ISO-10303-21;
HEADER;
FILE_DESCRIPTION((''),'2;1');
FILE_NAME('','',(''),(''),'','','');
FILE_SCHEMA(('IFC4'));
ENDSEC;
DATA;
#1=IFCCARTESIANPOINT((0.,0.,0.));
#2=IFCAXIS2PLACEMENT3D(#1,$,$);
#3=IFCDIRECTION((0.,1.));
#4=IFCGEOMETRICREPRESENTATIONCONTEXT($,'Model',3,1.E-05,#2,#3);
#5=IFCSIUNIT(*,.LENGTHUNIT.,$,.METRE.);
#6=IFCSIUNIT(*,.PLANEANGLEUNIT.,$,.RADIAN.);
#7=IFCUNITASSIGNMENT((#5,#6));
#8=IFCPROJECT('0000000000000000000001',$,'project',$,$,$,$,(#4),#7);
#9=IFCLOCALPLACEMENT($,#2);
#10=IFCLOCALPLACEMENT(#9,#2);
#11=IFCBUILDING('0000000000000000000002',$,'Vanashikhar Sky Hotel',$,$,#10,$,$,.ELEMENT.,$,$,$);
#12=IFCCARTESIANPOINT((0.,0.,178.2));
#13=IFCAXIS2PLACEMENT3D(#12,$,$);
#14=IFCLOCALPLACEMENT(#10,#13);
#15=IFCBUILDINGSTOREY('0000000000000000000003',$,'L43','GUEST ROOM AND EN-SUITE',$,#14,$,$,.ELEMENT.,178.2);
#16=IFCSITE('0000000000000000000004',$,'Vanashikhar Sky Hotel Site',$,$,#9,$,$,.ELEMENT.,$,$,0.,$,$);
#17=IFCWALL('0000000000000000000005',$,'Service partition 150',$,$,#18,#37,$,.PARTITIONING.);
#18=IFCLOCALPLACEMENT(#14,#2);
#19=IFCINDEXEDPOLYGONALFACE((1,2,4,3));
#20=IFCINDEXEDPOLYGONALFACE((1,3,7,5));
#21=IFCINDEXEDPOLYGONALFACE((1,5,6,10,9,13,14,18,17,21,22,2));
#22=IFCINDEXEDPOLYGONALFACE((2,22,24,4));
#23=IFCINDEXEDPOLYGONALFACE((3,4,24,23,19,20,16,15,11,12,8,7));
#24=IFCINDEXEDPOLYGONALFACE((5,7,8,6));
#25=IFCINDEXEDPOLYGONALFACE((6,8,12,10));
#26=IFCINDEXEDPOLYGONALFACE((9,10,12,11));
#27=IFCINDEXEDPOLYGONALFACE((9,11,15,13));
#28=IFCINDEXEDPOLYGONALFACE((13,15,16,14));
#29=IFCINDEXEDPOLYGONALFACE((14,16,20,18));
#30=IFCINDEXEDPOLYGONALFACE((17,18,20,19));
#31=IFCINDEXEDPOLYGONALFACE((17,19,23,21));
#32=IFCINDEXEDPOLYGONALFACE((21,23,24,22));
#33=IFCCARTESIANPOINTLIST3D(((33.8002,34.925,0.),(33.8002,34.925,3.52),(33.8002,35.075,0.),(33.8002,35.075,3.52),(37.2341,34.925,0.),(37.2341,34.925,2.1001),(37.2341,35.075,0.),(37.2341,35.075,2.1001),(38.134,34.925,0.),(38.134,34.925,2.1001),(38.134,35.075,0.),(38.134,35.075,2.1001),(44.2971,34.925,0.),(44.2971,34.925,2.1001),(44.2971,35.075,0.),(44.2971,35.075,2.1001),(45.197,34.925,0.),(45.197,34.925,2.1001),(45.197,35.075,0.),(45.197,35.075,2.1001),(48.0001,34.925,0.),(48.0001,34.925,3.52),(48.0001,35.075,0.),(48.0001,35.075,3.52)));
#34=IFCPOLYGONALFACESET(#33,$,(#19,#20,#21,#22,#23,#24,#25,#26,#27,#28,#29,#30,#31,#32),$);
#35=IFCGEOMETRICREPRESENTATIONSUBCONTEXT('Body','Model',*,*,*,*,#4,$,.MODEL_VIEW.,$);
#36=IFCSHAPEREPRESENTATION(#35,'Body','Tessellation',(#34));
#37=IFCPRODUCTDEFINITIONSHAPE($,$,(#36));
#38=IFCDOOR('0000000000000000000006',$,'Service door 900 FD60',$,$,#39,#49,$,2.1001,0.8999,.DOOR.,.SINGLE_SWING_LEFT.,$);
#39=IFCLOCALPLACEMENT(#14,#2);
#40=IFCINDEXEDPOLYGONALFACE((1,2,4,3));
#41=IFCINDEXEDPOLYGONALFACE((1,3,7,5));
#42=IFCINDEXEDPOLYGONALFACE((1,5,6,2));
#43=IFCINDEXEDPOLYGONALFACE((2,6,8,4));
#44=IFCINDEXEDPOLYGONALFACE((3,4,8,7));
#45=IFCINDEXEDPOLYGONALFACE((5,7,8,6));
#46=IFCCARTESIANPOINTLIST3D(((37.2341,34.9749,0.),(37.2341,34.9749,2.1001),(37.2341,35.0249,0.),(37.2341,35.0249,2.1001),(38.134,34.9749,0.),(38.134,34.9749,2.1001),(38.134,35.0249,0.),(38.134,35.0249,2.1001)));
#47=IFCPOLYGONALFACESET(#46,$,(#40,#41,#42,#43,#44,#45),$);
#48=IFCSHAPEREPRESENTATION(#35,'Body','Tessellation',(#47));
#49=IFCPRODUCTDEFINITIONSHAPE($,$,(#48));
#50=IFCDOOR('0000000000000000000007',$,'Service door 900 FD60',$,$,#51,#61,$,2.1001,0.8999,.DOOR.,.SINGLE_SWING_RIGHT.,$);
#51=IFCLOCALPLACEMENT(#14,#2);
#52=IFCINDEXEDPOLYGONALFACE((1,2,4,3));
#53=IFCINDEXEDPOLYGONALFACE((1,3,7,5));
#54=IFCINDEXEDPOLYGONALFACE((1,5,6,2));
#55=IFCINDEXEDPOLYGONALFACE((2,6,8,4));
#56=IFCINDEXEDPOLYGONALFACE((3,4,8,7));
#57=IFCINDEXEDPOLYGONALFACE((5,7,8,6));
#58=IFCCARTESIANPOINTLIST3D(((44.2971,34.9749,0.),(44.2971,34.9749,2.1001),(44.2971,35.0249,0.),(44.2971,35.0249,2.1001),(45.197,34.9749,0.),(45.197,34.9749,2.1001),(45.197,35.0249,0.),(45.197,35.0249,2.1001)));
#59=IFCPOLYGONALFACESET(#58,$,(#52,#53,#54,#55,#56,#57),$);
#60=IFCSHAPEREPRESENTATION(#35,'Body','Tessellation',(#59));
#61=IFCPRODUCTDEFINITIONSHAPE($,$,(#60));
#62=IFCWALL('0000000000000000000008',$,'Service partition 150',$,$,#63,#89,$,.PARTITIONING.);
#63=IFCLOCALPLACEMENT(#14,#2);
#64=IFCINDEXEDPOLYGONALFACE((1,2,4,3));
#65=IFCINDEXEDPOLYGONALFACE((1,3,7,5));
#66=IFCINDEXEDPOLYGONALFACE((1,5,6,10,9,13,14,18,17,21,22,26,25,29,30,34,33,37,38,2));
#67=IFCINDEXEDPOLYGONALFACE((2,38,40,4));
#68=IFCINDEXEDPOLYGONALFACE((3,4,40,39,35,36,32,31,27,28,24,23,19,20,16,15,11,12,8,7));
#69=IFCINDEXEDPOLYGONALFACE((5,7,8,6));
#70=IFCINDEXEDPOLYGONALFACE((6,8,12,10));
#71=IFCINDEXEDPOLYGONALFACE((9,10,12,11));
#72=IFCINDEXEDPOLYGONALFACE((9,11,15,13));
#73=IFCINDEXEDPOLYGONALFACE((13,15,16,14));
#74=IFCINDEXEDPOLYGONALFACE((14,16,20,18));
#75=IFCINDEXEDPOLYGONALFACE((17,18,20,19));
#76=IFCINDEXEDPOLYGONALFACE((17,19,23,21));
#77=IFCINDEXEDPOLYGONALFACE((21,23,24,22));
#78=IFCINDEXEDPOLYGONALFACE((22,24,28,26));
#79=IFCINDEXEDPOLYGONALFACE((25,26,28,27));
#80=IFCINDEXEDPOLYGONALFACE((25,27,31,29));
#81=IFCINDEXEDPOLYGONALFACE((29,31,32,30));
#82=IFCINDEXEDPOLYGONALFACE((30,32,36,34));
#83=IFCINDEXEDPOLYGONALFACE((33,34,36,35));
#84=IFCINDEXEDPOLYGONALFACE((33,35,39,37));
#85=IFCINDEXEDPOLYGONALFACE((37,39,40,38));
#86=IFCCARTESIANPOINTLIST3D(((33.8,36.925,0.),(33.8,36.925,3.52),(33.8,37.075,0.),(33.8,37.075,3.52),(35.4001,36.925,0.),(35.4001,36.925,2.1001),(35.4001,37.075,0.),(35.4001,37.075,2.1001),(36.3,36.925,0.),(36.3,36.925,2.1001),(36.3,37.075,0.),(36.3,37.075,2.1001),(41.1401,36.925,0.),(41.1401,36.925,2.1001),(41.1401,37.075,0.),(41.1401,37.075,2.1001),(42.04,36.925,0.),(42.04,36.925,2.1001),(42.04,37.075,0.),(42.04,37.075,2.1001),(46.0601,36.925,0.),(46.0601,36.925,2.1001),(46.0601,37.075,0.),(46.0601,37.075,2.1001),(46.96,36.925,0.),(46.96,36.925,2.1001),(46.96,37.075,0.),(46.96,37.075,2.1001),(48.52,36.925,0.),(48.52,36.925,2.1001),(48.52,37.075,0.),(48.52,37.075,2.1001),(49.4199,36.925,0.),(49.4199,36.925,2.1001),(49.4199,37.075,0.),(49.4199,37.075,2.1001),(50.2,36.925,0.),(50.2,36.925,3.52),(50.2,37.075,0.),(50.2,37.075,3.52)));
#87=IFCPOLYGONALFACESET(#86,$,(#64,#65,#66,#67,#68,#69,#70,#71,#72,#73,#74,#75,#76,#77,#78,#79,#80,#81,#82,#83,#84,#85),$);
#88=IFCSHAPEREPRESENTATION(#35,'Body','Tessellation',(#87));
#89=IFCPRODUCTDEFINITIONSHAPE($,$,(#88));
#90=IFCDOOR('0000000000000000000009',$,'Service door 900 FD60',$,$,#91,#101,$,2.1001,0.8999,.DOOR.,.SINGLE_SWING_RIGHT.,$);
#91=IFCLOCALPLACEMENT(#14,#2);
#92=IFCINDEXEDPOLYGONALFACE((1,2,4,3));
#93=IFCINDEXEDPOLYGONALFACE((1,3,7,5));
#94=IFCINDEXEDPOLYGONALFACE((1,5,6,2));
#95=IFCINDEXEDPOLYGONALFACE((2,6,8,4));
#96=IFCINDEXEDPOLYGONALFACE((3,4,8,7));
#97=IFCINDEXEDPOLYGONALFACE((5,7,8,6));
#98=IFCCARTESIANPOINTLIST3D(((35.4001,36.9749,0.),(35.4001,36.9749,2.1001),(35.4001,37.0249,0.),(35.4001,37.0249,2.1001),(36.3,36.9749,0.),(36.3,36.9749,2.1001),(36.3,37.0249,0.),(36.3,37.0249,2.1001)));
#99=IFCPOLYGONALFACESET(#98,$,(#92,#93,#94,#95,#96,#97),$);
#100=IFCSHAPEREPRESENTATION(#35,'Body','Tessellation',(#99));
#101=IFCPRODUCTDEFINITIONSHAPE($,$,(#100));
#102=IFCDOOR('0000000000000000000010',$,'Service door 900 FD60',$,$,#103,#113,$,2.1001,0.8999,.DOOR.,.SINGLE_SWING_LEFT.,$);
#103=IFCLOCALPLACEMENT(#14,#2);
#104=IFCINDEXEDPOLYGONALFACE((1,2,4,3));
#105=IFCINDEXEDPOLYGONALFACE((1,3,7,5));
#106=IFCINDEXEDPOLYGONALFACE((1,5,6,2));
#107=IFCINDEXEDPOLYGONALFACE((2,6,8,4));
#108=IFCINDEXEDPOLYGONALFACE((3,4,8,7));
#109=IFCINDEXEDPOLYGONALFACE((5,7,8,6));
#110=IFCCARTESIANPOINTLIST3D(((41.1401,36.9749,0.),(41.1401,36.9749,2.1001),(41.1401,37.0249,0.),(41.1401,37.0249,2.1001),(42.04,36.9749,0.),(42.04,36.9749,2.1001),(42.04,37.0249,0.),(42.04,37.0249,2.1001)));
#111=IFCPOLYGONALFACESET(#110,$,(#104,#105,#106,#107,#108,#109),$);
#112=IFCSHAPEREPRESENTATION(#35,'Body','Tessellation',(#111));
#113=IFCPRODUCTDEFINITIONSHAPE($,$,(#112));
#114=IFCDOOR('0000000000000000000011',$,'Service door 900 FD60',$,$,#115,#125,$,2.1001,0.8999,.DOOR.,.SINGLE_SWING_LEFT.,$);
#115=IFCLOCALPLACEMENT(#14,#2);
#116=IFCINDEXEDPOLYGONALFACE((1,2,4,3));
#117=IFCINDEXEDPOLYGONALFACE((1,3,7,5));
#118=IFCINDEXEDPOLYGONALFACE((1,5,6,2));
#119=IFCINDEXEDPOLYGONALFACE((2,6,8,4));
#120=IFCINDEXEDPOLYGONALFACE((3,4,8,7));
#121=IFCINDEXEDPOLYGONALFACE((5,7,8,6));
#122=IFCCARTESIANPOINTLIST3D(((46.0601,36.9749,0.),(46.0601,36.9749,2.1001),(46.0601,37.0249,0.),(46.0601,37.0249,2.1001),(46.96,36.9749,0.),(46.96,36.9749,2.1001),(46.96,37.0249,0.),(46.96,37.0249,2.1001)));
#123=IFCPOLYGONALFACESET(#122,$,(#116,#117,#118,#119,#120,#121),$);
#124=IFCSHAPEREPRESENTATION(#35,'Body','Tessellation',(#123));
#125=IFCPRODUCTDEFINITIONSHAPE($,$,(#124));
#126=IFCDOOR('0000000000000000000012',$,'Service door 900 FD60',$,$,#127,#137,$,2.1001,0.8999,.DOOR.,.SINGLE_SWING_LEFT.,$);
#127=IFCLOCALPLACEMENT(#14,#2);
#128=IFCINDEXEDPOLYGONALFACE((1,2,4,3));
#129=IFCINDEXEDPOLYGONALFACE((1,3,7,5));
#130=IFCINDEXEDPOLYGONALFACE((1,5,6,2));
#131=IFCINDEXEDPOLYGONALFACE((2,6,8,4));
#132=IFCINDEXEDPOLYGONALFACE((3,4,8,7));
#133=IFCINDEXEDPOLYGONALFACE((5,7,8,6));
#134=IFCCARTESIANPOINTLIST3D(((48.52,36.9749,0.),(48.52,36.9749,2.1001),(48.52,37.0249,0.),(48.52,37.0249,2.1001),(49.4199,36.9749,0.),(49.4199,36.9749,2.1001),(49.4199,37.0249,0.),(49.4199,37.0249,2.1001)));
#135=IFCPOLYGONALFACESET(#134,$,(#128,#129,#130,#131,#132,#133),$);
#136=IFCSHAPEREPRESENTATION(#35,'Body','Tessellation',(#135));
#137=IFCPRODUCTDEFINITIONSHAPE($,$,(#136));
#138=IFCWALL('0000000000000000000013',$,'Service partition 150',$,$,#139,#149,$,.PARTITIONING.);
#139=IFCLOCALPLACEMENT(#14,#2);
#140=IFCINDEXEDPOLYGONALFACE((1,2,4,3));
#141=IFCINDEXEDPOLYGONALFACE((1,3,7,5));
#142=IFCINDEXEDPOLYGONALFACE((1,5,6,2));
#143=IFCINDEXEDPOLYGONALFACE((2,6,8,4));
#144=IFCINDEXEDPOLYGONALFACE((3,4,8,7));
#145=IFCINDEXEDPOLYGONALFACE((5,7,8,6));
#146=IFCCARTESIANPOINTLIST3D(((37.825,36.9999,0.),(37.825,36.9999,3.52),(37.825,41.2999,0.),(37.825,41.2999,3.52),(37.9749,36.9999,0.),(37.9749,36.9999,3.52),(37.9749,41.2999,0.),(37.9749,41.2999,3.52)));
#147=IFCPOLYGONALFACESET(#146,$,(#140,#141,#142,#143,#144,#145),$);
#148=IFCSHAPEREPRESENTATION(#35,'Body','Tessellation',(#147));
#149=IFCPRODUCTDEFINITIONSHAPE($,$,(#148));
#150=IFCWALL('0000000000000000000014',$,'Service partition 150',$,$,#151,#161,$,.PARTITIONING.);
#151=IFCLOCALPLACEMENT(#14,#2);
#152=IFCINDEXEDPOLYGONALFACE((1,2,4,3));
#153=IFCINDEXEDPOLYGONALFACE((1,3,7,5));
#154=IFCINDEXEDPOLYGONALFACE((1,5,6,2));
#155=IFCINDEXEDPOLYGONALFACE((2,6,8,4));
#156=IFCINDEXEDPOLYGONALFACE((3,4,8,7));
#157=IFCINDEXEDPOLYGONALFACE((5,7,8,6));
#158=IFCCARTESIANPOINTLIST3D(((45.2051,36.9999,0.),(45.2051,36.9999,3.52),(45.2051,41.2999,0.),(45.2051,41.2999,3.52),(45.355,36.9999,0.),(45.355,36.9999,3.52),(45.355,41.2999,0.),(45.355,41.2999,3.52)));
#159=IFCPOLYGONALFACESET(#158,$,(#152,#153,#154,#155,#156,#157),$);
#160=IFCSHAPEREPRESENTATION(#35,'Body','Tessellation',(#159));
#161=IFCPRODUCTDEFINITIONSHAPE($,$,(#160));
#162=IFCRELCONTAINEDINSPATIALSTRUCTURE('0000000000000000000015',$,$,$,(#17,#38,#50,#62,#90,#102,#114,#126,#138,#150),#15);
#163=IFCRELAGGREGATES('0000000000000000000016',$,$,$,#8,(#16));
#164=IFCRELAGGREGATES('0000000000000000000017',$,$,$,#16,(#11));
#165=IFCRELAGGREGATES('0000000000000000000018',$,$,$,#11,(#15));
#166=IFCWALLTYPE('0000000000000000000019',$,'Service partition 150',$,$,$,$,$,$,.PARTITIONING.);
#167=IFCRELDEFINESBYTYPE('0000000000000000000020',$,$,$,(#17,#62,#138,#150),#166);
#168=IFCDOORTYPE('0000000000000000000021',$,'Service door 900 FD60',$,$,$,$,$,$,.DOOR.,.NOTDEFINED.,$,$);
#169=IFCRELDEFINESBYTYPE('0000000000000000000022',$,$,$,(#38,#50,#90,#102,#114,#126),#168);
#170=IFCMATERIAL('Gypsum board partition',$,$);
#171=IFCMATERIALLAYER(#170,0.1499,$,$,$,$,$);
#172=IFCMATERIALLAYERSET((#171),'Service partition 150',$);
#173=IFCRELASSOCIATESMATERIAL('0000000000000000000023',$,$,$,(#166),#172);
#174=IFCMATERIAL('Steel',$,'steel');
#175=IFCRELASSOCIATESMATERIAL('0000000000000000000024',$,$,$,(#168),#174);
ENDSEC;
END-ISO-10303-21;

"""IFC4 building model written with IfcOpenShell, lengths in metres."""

from ifc_helpers import new_model, si_unit, direction, frame, frame_2d, origin, place, context, subcontext, project, spatial, rectangle, extrude, source, transform, mapped, material, layer, layer_set, type_object, element, fill, save


model = new_model("IFC4")

# Units and contexts
model_context = context("Model", 3, precision=1e-05, world=origin(), true_north=direction((0.0, 1.0)))
body_context = subcontext(model_context, "Body", "Model", "MODEL_VIEW")
ifc_project = project(units=[si_unit("LENGTHUNIT", "METRE"), si_unit("PLANEANGLEUNIT", "RADIAN")], contexts=[model_context])

# Site, building, storey
site_placement = place(None, origin())
site = spatial("IfcSite", under=ifc_project, at=site_placement, Name="Vanashikhar Sky Hotel Site", CompositionType="ELEMENT", RefElevation=0.0)
building_placement = place(site_placement, origin())
building = spatial("IfcBuilding", under=site, at=building_placement, Name="Vanashikhar Sky Hotel", CompositionType="ELEMENT")
storey_placement = place(building_placement, frame((0.0, 0.0, 178.2)))
storey = spatial("IfcBuildingStorey", under=building, at=storey_placement, Name="L43", Description="GUEST ROOM AND EN-SUITE", CompositionType="ELEMENT", Elevation=178.2)

# Shared definitions
ifc_material_1 = material(Name="Gypsum board partition")
ifc_layer_1 = layer(ifc_material_1, 0.1499)
ifc_layer_set_1 = layer_set([ifc_layer_1], Name="Service partition 150")
wall_type_1 = type_object("IfcWallType", Name="Service partition 150", PredefinedType="PARTITIONING", material=ifc_layer_set_1)
ifc_material_2 = material(Name="Steel", Category="steel")
door_type_1 = type_object("IfcDoorType", Name="Service door 900 FD60", OperationType="NOTDEFINED", PredefinedType="DOOR", material=ifc_material_2)
shared_shape_1 = source(origin(), body_context, "Body", "SweptSolid", [
    extrude(rectangle(XDim=0.8999, YDim=2.1001, at=frame_2d((0.45, 1.05))), frame((0.0, 0.0249, 0.0), z_axis=(0.0, -1.0, 0.0), x_axis=(1.0, 0.0, 0.0)), (0.0, 0.0, 1.0), 0.05),
])

# Walls, openings, doors
shared_shape_2 = source(origin(), body_context, "Body", "SweptSolid", [
    extrude(rectangle(XDim=14.2, YDim=0.1499, at=frame_2d((7.1001, 0.0))), origin(), (0.0, 0.0, 1.0), 3.52),
])
wall_1_placement = place(storey_placement, frame((33.8, 35.0, 0.0), z_axis=(0.0, 0.0, 1.0), x_axis=(1.0, 0.0, 0.0)))
wall_1 = element("IfcWall", 1, at=wall_1_placement, inside=storey, type_object=wall_type_1, Name="Service partition 150", PredefinedType="PARTITIONING", context=body_context, shape_type="MappedRepresentation", body=[
    mapped(shared_shape_2, transform((0.0, 0.0, 0.0), scale=1.0)),
])
shared_shape_3 = source(origin(), body_context, "Body", "SweptSolid", [
    extrude(rectangle(XDim=0.8999, YDim=2.1001, at=frame_2d((0.45, 1.05))), frame((0.0, 0.085, 0.0), z_axis=(0.0, -1.0, 0.0), x_axis=(1.0, 0.0, 0.0)), (0.0, 0.0, 1.0), 0.1699),
])
opening_1_placement = place(wall_1_placement, frame((3.4341, 0.0, 0.0)))
opening_1 = element("IfcOpeningElement", 2, at=opening_1_placement, cuts=wall_1, PredefinedType="OPENING", context=body_context, shape_type="MappedRepresentation", body=[
    mapped(shared_shape_3, transform((0.0, 0.0, 0.0), scale=1.0)),
])
opening_2_placement = place(wall_1_placement, frame((10.4971, 0.0, 0.0)))
opening_2 = element("IfcOpeningElement", 3, at=opening_2_placement, cuts=wall_1, PredefinedType="OPENING", context=body_context, shape_type="MappedRepresentation", body=[
    mapped(shared_shape_3, transform((0.0, 0.0, 0.0), scale=1.0)),
])
door_1_placement = place(opening_1_placement, origin())
door_1 = element("IfcDoor", 4, at=door_1_placement, inside=storey, type_object=door_type_1, Name="Service door 900 FD60", OperationType="SINGLE_SWING_LEFT", OverallHeight=2.1001, OverallWidth=0.8999, PredefinedType="DOOR", context=body_context, shape_type="MappedRepresentation", body=[
    mapped(shared_shape_1, transform((0.0, 0.0, 0.0), scale=1.0)),
])
fill(opening_1, door_1)
door_2_placement = place(opening_2_placement, origin())
door_2 = element("IfcDoor", 5, at=door_2_placement, inside=storey, type_object=door_type_1, Name="Service door 900 FD60", OperationType="SINGLE_SWING_RIGHT", OverallHeight=2.1001, OverallWidth=0.8999, PredefinedType="DOOR", context=body_context, shape_type="MappedRepresentation", body=[
    mapped(shared_shape_1, transform((0.0, 0.0, 0.0), scale=1.0)),
])
fill(opening_2, door_2)
shared_shape_4 = source(origin(), body_context, "Body", "SweptSolid", [
    extrude(rectangle(XDim=16.3999, YDim=0.1499, at=frame_2d((8.2, 0.0))), origin(), (0.0, 0.0, 1.0), 3.52),
])
wall_2_placement = place(storey_placement, frame((33.8, 37.0, 0.0), z_axis=(0.0, 0.0, 1.0), x_axis=(1.0, 0.0, 0.0)))
wall_2 = element("IfcWall", 6, at=wall_2_placement, inside=storey, type_object=wall_type_1, Name="Service partition 150", PredefinedType="PARTITIONING", context=body_context, shape_type="MappedRepresentation", body=[
    mapped(shared_shape_4, transform((0.0, 0.0, 0.0), scale=1.0)),
])
opening_3_placement = place(wall_2_placement, frame((1.6001, 0.0, 0.0)))
opening_3 = element("IfcOpeningElement", 7, at=opening_3_placement, cuts=wall_2, PredefinedType="OPENING", context=body_context, shape_type="MappedRepresentation", body=[
    mapped(shared_shape_3, transform((0.0, 0.0, 0.0), scale=1.0)),
])
opening_4_placement = place(wall_2_placement, frame((7.3401, 0.0, 0.0)))
opening_4 = element("IfcOpeningElement", 8, at=opening_4_placement, cuts=wall_2, PredefinedType="OPENING", context=body_context, shape_type="MappedRepresentation", body=[
    mapped(shared_shape_3, transform((0.0, 0.0, 0.0), scale=1.0)),
])
opening_5_placement = place(wall_2_placement, frame((12.26, 0.0, 0.0)))
opening_5 = element("IfcOpeningElement", 9, at=opening_5_placement, cuts=wall_2, PredefinedType="OPENING", context=body_context, shape_type="MappedRepresentation", body=[
    mapped(shared_shape_3, transform((0.0, 0.0, 0.0), scale=1.0)),
])
opening_6_placement = place(wall_2_placement, frame((14.72, 0.0, 0.0)))
opening_6 = element("IfcOpeningElement", 10, at=opening_6_placement, cuts=wall_2, PredefinedType="OPENING", context=body_context, shape_type="MappedRepresentation", body=[
    mapped(shared_shape_3, transform((0.0, 0.0, 0.0), scale=1.0)),
])
door_3_placement = place(opening_3_placement, origin())
door_3 = element("IfcDoor", 11, at=door_3_placement, inside=storey, type_object=door_type_1, Name="Service door 900 FD60", OperationType="SINGLE_SWING_RIGHT", OverallHeight=2.1001, OverallWidth=0.8999, PredefinedType="DOOR", context=body_context, shape_type="MappedRepresentation", body=[
    mapped(shared_shape_1, transform((0.0, 0.0, 0.0), scale=1.0)),
])
fill(opening_3, door_3)
door_4_placement = place(opening_4_placement, origin())
door_4 = element("IfcDoor", 12, at=door_4_placement, inside=storey, type_object=door_type_1, Name="Service door 900 FD60", OperationType="SINGLE_SWING_LEFT", OverallHeight=2.1001, OverallWidth=0.8999, PredefinedType="DOOR", context=body_context, shape_type="MappedRepresentation", body=[
    mapped(shared_shape_1, transform((0.0, 0.0, 0.0), scale=1.0)),
])
fill(opening_4, door_4)
door_5_placement = place(opening_5_placement, origin())
door_5 = element("IfcDoor", 13, at=door_5_placement, inside=storey, type_object=door_type_1, Name="Service door 900 FD60", OperationType="SINGLE_SWING_LEFT", OverallHeight=2.1001, OverallWidth=0.8999, PredefinedType="DOOR", context=body_context, shape_type="MappedRepresentation", body=[
    mapped(shared_shape_1, transform((0.0, 0.0, 0.0), scale=1.0)),
])
fill(opening_5, door_5)
door_6_placement = place(opening_6_placement, origin())
door_6 = element("IfcDoor", 14, at=door_6_placement, inside=storey, type_object=door_type_1, Name="Service door 900 FD60", OperationType="SINGLE_SWING_LEFT", OverallHeight=2.1001, OverallWidth=0.8999, PredefinedType="DOOR", context=body_context, shape_type="MappedRepresentation", body=[
    mapped(shared_shape_1, transform((0.0, 0.0, 0.0), scale=1.0)),
])
fill(opening_6, door_6)

# Walls
shared_shape_5 = source(origin(), body_context, "Body", "SweptSolid", [
    extrude(rectangle(XDim=4.3, YDim=0.1499, at=frame_2d((2.1499, 0.0))), origin(), (0.0, 0.0, 1.0), 3.52),
])
for number, where, z_axis, x_axis, name in (
    (15, (37.8999, 37.0, 0.0), (0.0, 0.0, 1.0), (0.0, 1.0, 0.0), "Service partition 150"),
    (16, (45.28, 37.0, 0.0), (0.0, 0.0, 1.0), (0.0, 1.0, 0.0), "Service partition 150"),
):
    element("IfcWall", number, at=place(storey_placement, frame(where, z_axis=z_axis, x_axis=x_axis)), inside=storey, type_object=wall_type_1, Name=name, PredefinedType="PARTITIONING", context=body_context, shape_type="MappedRepresentation", body=[
        mapped(shared_shape_5, transform((0.0, 0.0, 0.0), scale=1.0)),
    ])

save(model, "model.ifc")
